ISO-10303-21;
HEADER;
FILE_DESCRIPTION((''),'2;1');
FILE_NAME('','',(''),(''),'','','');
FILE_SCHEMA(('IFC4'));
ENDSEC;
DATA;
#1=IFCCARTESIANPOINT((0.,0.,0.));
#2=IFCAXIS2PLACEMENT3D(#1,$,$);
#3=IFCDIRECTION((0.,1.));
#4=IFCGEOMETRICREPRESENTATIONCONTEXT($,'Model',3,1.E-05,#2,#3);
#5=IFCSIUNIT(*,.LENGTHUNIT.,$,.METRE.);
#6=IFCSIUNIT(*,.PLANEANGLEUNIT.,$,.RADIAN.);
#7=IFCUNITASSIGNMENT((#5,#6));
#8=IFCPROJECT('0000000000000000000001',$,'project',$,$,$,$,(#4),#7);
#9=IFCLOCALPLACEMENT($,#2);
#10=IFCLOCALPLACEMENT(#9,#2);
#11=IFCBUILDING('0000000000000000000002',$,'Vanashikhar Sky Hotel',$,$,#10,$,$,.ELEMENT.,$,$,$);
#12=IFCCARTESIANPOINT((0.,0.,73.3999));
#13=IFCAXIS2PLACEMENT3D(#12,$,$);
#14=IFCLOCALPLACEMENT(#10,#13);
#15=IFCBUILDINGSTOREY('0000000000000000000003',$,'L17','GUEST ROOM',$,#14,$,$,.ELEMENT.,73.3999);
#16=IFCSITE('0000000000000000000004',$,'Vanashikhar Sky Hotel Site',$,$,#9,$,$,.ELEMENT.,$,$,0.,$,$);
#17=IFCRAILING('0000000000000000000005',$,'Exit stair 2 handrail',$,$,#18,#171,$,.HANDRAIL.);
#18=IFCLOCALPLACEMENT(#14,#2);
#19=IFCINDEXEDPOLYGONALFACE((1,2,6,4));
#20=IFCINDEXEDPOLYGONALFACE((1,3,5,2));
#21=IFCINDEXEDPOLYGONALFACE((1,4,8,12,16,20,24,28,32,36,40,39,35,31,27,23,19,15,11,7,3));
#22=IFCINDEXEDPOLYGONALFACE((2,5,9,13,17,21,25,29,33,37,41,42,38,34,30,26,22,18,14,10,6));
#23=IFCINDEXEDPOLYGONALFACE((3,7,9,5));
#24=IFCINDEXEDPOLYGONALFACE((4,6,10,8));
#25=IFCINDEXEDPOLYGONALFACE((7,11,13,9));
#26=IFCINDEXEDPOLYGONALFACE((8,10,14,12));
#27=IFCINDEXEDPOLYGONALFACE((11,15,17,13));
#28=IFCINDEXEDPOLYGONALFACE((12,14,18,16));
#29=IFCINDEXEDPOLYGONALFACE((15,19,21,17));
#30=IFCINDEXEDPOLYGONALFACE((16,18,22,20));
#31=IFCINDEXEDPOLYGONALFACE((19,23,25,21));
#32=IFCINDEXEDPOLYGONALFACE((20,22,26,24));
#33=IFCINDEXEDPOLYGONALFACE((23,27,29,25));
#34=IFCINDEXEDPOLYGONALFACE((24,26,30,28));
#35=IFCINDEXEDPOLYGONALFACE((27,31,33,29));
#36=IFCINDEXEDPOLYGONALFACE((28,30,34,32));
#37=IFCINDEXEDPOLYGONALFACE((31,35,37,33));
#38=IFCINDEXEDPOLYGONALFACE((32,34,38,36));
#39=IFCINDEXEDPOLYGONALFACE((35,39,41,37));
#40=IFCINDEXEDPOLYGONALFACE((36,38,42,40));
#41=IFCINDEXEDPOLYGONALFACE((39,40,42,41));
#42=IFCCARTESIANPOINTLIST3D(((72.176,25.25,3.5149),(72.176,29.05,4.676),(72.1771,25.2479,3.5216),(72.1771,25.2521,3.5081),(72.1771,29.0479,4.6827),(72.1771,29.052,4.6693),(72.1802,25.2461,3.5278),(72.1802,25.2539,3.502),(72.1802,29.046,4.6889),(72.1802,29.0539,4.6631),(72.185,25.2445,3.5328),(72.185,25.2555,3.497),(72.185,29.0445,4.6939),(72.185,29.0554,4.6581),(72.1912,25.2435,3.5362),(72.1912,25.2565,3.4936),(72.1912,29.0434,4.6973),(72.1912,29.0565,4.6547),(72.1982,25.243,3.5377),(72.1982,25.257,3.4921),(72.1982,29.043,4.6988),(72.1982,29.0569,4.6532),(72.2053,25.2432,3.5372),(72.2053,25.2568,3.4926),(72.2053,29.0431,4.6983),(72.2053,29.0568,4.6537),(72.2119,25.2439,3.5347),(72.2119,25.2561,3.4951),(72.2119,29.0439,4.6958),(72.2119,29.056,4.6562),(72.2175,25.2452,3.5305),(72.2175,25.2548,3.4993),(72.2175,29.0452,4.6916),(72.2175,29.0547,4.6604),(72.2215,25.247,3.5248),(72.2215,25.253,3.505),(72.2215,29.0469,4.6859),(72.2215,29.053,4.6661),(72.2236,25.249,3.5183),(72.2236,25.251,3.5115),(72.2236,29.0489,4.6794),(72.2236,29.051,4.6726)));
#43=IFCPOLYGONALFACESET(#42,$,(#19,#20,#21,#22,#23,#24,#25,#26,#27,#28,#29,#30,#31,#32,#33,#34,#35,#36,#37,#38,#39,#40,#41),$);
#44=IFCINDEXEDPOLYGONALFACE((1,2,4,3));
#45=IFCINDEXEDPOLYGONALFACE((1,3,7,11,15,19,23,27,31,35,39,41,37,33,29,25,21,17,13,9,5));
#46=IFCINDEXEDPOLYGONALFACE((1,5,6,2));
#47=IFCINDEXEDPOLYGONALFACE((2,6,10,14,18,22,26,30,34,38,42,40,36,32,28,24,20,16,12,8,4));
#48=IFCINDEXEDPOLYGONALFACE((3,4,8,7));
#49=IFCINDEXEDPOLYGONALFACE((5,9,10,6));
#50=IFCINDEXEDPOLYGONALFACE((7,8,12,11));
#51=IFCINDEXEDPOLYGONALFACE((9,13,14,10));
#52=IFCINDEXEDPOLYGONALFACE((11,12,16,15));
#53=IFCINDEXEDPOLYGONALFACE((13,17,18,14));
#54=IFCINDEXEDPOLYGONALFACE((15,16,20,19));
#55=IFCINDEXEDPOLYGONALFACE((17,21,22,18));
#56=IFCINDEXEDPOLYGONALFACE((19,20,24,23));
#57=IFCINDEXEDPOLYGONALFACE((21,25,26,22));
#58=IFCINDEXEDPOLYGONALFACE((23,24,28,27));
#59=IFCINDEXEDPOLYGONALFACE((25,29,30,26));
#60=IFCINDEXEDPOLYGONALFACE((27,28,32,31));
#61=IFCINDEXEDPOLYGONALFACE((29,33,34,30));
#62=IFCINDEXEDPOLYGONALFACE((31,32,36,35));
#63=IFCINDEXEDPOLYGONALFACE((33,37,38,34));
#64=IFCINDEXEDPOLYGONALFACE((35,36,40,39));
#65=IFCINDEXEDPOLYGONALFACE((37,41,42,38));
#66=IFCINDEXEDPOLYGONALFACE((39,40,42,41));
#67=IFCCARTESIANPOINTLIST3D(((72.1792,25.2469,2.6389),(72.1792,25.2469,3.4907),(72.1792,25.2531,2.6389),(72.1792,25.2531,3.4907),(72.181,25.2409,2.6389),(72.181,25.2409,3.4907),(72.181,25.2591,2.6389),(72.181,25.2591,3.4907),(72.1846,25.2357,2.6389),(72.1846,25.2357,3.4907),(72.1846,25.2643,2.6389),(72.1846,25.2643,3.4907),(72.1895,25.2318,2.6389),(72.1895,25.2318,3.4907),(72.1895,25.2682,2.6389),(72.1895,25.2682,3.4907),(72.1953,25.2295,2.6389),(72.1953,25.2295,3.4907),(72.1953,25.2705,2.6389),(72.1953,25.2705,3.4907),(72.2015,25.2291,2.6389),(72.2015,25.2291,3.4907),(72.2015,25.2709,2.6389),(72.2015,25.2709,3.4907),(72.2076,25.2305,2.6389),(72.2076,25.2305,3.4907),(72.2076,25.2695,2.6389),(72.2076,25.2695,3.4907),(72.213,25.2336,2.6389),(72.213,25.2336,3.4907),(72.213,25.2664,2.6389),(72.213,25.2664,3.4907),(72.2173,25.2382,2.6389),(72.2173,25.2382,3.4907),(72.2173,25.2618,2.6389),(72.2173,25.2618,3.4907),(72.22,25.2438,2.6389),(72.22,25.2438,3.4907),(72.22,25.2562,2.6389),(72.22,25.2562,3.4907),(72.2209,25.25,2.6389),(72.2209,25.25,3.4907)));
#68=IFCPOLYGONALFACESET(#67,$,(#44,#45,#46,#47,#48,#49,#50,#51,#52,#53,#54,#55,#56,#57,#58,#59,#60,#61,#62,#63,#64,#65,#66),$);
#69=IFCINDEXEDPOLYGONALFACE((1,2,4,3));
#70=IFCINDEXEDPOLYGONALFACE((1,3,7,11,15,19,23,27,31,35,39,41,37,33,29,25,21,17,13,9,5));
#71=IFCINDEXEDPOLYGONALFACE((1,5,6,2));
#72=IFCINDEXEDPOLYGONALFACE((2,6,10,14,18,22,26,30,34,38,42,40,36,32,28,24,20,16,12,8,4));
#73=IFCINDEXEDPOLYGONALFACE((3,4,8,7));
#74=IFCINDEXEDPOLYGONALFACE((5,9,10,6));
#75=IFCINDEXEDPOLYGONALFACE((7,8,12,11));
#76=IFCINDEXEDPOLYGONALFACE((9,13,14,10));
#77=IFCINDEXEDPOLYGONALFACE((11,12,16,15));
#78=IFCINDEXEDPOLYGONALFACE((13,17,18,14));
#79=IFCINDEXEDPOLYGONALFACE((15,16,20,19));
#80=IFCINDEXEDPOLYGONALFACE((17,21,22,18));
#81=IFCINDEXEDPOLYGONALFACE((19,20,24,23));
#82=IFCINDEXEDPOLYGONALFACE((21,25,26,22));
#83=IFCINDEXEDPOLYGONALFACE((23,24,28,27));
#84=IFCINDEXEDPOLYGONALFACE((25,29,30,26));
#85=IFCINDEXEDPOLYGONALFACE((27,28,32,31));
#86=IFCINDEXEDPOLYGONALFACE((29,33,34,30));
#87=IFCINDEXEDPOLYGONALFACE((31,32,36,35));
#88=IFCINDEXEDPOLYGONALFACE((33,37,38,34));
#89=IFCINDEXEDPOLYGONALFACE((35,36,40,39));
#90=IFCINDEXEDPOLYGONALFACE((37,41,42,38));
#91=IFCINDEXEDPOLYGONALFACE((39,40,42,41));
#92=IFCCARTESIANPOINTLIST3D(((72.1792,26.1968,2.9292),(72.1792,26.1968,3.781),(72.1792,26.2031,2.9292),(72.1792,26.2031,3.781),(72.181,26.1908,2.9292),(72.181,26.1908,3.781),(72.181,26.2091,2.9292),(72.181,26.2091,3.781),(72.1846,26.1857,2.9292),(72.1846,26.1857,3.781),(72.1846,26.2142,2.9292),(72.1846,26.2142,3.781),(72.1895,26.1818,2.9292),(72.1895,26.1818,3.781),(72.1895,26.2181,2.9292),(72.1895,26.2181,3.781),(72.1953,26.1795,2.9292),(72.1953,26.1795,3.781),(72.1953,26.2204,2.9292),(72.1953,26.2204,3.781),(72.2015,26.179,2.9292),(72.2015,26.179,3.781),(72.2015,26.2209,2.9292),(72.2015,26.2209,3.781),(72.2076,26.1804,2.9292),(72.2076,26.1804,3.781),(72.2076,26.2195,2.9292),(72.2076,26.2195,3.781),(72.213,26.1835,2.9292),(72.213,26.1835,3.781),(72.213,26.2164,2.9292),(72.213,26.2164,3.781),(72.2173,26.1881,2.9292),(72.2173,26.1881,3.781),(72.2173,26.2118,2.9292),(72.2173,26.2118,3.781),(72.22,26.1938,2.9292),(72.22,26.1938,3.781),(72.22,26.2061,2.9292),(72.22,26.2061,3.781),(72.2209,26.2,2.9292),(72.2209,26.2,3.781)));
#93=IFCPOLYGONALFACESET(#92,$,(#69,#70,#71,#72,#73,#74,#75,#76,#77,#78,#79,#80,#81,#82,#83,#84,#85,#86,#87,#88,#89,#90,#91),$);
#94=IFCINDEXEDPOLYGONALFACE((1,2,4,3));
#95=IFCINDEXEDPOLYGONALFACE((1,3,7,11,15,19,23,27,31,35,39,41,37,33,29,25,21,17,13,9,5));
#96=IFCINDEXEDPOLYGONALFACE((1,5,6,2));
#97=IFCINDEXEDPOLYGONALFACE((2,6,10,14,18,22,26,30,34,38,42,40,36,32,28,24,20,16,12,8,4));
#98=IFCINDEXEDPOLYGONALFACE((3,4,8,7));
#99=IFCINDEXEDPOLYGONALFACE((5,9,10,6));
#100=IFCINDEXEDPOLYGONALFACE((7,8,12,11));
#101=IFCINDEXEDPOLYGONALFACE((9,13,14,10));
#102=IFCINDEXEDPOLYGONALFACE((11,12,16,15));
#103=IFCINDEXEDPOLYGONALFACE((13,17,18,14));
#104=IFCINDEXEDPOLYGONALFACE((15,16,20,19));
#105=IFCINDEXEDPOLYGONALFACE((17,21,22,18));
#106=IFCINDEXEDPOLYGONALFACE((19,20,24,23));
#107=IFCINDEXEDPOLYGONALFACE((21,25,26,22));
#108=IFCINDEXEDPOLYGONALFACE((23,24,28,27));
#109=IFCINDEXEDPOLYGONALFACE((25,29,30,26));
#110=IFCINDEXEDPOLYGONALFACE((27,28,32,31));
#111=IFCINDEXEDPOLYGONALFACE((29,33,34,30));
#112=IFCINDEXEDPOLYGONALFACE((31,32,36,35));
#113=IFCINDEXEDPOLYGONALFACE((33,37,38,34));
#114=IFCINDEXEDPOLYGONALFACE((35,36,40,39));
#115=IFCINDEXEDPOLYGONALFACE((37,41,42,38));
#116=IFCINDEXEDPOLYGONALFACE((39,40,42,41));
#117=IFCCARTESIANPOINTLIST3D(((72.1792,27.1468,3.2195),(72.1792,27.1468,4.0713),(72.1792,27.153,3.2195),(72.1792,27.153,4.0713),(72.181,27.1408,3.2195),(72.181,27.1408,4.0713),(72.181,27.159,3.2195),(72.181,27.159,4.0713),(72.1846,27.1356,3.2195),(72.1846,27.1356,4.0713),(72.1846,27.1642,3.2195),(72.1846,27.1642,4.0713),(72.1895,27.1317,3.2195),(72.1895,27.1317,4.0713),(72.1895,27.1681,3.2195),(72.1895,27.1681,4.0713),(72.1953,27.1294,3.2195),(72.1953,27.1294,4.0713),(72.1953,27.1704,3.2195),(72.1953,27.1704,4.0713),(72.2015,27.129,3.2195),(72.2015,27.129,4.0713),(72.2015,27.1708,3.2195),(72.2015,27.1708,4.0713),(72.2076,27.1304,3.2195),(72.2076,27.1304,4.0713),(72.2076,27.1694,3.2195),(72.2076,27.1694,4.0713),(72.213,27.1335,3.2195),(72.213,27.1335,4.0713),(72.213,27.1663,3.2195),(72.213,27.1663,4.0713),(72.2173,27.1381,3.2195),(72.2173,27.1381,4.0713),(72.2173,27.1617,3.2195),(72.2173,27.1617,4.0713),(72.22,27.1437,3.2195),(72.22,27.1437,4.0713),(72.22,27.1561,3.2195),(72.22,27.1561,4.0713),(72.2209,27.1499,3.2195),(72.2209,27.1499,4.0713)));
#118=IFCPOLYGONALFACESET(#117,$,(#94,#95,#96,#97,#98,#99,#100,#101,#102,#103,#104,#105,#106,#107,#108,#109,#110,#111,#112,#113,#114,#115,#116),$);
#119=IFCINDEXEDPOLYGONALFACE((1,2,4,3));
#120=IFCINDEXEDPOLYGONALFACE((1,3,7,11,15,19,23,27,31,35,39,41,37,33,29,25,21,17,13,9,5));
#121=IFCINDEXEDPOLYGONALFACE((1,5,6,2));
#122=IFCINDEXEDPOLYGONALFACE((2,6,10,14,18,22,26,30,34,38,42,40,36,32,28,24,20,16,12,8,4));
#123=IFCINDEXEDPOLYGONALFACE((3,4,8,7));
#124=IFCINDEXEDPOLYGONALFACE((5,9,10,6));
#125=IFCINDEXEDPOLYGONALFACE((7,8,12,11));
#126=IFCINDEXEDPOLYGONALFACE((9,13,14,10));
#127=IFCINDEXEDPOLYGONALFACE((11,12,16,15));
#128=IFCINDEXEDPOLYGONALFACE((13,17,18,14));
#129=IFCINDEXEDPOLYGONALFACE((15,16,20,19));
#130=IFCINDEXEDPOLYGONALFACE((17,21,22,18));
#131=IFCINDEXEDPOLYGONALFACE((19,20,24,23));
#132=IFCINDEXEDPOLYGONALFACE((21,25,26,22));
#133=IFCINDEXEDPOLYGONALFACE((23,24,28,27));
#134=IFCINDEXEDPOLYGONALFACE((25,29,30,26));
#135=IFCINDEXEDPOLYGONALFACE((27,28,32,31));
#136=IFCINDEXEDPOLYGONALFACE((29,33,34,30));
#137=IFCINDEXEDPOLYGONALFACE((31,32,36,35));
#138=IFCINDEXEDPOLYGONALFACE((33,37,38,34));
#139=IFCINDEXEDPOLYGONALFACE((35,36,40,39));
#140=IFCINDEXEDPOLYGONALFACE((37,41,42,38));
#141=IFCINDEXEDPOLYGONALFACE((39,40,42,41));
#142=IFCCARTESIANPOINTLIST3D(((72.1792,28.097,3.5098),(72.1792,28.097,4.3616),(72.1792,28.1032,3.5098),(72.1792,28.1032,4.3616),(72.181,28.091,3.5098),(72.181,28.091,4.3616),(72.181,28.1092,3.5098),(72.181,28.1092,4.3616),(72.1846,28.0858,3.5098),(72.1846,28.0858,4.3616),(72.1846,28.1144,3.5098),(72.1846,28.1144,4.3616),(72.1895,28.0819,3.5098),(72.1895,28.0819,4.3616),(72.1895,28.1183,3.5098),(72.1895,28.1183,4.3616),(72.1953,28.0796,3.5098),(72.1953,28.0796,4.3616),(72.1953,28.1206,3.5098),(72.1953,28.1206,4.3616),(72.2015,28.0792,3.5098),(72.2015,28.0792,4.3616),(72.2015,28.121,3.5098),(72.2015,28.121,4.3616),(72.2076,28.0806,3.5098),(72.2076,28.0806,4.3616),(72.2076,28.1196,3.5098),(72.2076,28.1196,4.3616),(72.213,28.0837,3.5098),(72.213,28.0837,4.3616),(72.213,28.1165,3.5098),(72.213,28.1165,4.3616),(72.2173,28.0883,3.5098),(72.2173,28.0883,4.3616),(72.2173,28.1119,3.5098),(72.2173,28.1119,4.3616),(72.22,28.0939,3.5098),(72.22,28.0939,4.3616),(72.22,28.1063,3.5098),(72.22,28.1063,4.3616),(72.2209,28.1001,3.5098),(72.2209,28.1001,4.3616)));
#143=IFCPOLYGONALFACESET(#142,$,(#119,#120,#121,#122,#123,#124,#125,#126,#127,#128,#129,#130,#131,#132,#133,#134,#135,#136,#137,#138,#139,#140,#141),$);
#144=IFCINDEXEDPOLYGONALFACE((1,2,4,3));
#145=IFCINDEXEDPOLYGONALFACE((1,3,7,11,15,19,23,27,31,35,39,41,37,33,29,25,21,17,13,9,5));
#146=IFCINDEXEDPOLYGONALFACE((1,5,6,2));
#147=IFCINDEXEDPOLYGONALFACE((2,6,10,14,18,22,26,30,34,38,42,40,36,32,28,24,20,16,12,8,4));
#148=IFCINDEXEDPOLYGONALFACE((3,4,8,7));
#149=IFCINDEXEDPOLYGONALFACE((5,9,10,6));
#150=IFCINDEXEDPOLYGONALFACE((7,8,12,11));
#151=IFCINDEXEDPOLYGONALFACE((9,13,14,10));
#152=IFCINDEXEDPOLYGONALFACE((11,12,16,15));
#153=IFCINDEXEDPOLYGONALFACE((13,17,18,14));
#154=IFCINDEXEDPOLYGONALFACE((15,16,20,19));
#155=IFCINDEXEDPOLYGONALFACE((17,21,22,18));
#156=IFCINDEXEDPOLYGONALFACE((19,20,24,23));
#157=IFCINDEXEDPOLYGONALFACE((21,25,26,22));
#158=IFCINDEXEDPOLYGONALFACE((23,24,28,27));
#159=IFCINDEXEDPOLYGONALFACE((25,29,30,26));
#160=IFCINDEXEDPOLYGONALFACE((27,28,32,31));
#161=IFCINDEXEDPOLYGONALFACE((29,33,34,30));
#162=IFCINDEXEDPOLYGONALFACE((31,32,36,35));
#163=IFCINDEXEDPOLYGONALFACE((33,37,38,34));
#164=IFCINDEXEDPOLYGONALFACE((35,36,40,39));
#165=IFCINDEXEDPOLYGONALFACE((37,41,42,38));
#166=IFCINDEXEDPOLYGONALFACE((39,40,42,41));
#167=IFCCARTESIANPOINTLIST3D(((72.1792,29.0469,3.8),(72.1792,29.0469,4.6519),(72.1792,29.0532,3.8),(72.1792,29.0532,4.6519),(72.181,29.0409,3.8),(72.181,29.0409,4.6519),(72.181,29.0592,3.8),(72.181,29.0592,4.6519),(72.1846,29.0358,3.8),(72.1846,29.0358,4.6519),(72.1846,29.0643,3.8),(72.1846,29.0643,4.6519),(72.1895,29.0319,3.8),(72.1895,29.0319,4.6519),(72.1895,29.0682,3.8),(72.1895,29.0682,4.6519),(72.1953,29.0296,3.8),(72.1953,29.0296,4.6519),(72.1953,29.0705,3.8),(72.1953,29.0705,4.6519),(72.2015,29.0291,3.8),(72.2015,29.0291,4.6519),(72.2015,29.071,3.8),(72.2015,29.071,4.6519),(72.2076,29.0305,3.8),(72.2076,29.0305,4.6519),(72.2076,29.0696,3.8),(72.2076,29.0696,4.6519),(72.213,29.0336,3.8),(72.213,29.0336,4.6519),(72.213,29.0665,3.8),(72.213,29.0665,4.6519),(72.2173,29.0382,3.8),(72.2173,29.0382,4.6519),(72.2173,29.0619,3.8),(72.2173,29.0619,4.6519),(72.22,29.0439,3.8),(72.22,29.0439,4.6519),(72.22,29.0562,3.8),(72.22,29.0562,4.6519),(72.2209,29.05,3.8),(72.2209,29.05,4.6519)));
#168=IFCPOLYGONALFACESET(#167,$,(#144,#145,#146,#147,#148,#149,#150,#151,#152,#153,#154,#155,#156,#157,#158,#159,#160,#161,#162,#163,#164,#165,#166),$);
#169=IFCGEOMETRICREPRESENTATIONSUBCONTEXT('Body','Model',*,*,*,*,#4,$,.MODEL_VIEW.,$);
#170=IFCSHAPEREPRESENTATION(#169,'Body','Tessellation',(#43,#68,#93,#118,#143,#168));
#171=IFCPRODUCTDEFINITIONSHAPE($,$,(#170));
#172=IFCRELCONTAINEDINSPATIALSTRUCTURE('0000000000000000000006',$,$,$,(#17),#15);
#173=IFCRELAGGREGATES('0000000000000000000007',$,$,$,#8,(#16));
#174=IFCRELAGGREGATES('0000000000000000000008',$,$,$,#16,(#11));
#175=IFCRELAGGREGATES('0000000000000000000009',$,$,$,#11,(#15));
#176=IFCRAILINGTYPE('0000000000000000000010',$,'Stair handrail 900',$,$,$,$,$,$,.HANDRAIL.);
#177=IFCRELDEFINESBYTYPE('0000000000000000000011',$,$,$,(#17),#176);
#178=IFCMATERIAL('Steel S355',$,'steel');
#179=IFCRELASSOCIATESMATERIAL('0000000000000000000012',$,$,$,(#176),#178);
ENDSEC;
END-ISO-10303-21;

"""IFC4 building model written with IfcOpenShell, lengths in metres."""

from ifc_helpers import new_model, si_unit, direction, frame, origin, origin_2d, place, context, subcontext, project, spatial, circle, extrude, source, transform, mapped, material, type_object, element, save


model = new_model("IFC4")

# Units and contexts
model_context = context("Model", 3, precision=1e-05, world=origin(), true_north=direction((0.0, 1.0)))
body_context = subcontext(model_context, "Body", "Model", "MODEL_VIEW")
ifc_project = project(units=[si_unit("LENGTHUNIT", "METRE"), si_unit("PLANEANGLEUNIT", "RADIAN")], contexts=[model_context])

# Site, building, storey
site_placement = place(None, origin())
site = spatial("IfcSite", under=ifc_project, at=site_placement, Name="Vanashikhar Sky Hotel Site", CompositionType="ELEMENT", RefElevation=0.0)
building_placement = place(site_placement, origin())
building = spatial("IfcBuilding", under=site, at=building_placement, Name="Vanashikhar Sky Hotel", CompositionType="ELEMENT")
storey_placement = place(building_placement, frame((0.0, 0.0, 73.3999)))
storey = spatial("IfcBuildingStorey", under=building, at=storey_placement, Name="L17", Description="GUEST ROOM", CompositionType="ELEMENT", Elevation=73.3999)

# Railing
ifc_material_1 = material(Name="Steel S355", Category="steel")
railing_type_1 = type_object("IfcRailingType", Name="Stair handrail 900", PredefinedType="HANDRAIL", material=ifc_material_1)
shared_shape_1 = source(origin(), body_context, "Body", "SweptSolid", [
    extrude(circle(Radius=0.0239, at=origin_2d()), frame((0.0, 0.0, 0.876), z_axis=(0.0, 0.956351, 0.29222), x_axis=(-1.0, 0.0, 0.0)), (0.0, 0.0, 1.0), 3.9734),
    extrude(circle(Radius=0.021, at=origin_2d()), origin(), (0.0, 0.0, 1.0), 0.8518),
    extrude(circle(Radius=0.021, at=origin_2d()), frame((0.0, 0.95, 0.2903)), (0.0, 0.0, 1.0), 0.8518),
    extrude(circle(Radius=0.021, at=origin_2d()), frame((0.0, 1.8999, 0.5806)), (0.0, 0.0, 1.0), 0.8518),
    extrude(circle(Radius=0.021, at=origin_2d()), frame((0.0, 2.8501, 0.8708)), (0.0, 0.0, 1.0), 0.8518),
    extrude(circle(Radius=0.021, at=origin_2d()), frame((0.0, 3.8, 1.1611)), (0.0, 0.0, 1.0), 0.8518),
])
for number, where, name in (
    (1, (72.2, 25.25, 2.6389), "Exit stair 2 handrail"),
):
    element("IfcRailing", number, at=place(storey_placement, frame(where)), inside=storey, type_object=railing_type_1, Name=name, PredefinedType="HANDRAIL", context=body_context, shape_type="MappedRepresentation", body=[
        mapped(shared_shape_1, transform((0.0, 0.0, 0.0), scale=1.0)),
    ])

save(model, "model.ifc")
